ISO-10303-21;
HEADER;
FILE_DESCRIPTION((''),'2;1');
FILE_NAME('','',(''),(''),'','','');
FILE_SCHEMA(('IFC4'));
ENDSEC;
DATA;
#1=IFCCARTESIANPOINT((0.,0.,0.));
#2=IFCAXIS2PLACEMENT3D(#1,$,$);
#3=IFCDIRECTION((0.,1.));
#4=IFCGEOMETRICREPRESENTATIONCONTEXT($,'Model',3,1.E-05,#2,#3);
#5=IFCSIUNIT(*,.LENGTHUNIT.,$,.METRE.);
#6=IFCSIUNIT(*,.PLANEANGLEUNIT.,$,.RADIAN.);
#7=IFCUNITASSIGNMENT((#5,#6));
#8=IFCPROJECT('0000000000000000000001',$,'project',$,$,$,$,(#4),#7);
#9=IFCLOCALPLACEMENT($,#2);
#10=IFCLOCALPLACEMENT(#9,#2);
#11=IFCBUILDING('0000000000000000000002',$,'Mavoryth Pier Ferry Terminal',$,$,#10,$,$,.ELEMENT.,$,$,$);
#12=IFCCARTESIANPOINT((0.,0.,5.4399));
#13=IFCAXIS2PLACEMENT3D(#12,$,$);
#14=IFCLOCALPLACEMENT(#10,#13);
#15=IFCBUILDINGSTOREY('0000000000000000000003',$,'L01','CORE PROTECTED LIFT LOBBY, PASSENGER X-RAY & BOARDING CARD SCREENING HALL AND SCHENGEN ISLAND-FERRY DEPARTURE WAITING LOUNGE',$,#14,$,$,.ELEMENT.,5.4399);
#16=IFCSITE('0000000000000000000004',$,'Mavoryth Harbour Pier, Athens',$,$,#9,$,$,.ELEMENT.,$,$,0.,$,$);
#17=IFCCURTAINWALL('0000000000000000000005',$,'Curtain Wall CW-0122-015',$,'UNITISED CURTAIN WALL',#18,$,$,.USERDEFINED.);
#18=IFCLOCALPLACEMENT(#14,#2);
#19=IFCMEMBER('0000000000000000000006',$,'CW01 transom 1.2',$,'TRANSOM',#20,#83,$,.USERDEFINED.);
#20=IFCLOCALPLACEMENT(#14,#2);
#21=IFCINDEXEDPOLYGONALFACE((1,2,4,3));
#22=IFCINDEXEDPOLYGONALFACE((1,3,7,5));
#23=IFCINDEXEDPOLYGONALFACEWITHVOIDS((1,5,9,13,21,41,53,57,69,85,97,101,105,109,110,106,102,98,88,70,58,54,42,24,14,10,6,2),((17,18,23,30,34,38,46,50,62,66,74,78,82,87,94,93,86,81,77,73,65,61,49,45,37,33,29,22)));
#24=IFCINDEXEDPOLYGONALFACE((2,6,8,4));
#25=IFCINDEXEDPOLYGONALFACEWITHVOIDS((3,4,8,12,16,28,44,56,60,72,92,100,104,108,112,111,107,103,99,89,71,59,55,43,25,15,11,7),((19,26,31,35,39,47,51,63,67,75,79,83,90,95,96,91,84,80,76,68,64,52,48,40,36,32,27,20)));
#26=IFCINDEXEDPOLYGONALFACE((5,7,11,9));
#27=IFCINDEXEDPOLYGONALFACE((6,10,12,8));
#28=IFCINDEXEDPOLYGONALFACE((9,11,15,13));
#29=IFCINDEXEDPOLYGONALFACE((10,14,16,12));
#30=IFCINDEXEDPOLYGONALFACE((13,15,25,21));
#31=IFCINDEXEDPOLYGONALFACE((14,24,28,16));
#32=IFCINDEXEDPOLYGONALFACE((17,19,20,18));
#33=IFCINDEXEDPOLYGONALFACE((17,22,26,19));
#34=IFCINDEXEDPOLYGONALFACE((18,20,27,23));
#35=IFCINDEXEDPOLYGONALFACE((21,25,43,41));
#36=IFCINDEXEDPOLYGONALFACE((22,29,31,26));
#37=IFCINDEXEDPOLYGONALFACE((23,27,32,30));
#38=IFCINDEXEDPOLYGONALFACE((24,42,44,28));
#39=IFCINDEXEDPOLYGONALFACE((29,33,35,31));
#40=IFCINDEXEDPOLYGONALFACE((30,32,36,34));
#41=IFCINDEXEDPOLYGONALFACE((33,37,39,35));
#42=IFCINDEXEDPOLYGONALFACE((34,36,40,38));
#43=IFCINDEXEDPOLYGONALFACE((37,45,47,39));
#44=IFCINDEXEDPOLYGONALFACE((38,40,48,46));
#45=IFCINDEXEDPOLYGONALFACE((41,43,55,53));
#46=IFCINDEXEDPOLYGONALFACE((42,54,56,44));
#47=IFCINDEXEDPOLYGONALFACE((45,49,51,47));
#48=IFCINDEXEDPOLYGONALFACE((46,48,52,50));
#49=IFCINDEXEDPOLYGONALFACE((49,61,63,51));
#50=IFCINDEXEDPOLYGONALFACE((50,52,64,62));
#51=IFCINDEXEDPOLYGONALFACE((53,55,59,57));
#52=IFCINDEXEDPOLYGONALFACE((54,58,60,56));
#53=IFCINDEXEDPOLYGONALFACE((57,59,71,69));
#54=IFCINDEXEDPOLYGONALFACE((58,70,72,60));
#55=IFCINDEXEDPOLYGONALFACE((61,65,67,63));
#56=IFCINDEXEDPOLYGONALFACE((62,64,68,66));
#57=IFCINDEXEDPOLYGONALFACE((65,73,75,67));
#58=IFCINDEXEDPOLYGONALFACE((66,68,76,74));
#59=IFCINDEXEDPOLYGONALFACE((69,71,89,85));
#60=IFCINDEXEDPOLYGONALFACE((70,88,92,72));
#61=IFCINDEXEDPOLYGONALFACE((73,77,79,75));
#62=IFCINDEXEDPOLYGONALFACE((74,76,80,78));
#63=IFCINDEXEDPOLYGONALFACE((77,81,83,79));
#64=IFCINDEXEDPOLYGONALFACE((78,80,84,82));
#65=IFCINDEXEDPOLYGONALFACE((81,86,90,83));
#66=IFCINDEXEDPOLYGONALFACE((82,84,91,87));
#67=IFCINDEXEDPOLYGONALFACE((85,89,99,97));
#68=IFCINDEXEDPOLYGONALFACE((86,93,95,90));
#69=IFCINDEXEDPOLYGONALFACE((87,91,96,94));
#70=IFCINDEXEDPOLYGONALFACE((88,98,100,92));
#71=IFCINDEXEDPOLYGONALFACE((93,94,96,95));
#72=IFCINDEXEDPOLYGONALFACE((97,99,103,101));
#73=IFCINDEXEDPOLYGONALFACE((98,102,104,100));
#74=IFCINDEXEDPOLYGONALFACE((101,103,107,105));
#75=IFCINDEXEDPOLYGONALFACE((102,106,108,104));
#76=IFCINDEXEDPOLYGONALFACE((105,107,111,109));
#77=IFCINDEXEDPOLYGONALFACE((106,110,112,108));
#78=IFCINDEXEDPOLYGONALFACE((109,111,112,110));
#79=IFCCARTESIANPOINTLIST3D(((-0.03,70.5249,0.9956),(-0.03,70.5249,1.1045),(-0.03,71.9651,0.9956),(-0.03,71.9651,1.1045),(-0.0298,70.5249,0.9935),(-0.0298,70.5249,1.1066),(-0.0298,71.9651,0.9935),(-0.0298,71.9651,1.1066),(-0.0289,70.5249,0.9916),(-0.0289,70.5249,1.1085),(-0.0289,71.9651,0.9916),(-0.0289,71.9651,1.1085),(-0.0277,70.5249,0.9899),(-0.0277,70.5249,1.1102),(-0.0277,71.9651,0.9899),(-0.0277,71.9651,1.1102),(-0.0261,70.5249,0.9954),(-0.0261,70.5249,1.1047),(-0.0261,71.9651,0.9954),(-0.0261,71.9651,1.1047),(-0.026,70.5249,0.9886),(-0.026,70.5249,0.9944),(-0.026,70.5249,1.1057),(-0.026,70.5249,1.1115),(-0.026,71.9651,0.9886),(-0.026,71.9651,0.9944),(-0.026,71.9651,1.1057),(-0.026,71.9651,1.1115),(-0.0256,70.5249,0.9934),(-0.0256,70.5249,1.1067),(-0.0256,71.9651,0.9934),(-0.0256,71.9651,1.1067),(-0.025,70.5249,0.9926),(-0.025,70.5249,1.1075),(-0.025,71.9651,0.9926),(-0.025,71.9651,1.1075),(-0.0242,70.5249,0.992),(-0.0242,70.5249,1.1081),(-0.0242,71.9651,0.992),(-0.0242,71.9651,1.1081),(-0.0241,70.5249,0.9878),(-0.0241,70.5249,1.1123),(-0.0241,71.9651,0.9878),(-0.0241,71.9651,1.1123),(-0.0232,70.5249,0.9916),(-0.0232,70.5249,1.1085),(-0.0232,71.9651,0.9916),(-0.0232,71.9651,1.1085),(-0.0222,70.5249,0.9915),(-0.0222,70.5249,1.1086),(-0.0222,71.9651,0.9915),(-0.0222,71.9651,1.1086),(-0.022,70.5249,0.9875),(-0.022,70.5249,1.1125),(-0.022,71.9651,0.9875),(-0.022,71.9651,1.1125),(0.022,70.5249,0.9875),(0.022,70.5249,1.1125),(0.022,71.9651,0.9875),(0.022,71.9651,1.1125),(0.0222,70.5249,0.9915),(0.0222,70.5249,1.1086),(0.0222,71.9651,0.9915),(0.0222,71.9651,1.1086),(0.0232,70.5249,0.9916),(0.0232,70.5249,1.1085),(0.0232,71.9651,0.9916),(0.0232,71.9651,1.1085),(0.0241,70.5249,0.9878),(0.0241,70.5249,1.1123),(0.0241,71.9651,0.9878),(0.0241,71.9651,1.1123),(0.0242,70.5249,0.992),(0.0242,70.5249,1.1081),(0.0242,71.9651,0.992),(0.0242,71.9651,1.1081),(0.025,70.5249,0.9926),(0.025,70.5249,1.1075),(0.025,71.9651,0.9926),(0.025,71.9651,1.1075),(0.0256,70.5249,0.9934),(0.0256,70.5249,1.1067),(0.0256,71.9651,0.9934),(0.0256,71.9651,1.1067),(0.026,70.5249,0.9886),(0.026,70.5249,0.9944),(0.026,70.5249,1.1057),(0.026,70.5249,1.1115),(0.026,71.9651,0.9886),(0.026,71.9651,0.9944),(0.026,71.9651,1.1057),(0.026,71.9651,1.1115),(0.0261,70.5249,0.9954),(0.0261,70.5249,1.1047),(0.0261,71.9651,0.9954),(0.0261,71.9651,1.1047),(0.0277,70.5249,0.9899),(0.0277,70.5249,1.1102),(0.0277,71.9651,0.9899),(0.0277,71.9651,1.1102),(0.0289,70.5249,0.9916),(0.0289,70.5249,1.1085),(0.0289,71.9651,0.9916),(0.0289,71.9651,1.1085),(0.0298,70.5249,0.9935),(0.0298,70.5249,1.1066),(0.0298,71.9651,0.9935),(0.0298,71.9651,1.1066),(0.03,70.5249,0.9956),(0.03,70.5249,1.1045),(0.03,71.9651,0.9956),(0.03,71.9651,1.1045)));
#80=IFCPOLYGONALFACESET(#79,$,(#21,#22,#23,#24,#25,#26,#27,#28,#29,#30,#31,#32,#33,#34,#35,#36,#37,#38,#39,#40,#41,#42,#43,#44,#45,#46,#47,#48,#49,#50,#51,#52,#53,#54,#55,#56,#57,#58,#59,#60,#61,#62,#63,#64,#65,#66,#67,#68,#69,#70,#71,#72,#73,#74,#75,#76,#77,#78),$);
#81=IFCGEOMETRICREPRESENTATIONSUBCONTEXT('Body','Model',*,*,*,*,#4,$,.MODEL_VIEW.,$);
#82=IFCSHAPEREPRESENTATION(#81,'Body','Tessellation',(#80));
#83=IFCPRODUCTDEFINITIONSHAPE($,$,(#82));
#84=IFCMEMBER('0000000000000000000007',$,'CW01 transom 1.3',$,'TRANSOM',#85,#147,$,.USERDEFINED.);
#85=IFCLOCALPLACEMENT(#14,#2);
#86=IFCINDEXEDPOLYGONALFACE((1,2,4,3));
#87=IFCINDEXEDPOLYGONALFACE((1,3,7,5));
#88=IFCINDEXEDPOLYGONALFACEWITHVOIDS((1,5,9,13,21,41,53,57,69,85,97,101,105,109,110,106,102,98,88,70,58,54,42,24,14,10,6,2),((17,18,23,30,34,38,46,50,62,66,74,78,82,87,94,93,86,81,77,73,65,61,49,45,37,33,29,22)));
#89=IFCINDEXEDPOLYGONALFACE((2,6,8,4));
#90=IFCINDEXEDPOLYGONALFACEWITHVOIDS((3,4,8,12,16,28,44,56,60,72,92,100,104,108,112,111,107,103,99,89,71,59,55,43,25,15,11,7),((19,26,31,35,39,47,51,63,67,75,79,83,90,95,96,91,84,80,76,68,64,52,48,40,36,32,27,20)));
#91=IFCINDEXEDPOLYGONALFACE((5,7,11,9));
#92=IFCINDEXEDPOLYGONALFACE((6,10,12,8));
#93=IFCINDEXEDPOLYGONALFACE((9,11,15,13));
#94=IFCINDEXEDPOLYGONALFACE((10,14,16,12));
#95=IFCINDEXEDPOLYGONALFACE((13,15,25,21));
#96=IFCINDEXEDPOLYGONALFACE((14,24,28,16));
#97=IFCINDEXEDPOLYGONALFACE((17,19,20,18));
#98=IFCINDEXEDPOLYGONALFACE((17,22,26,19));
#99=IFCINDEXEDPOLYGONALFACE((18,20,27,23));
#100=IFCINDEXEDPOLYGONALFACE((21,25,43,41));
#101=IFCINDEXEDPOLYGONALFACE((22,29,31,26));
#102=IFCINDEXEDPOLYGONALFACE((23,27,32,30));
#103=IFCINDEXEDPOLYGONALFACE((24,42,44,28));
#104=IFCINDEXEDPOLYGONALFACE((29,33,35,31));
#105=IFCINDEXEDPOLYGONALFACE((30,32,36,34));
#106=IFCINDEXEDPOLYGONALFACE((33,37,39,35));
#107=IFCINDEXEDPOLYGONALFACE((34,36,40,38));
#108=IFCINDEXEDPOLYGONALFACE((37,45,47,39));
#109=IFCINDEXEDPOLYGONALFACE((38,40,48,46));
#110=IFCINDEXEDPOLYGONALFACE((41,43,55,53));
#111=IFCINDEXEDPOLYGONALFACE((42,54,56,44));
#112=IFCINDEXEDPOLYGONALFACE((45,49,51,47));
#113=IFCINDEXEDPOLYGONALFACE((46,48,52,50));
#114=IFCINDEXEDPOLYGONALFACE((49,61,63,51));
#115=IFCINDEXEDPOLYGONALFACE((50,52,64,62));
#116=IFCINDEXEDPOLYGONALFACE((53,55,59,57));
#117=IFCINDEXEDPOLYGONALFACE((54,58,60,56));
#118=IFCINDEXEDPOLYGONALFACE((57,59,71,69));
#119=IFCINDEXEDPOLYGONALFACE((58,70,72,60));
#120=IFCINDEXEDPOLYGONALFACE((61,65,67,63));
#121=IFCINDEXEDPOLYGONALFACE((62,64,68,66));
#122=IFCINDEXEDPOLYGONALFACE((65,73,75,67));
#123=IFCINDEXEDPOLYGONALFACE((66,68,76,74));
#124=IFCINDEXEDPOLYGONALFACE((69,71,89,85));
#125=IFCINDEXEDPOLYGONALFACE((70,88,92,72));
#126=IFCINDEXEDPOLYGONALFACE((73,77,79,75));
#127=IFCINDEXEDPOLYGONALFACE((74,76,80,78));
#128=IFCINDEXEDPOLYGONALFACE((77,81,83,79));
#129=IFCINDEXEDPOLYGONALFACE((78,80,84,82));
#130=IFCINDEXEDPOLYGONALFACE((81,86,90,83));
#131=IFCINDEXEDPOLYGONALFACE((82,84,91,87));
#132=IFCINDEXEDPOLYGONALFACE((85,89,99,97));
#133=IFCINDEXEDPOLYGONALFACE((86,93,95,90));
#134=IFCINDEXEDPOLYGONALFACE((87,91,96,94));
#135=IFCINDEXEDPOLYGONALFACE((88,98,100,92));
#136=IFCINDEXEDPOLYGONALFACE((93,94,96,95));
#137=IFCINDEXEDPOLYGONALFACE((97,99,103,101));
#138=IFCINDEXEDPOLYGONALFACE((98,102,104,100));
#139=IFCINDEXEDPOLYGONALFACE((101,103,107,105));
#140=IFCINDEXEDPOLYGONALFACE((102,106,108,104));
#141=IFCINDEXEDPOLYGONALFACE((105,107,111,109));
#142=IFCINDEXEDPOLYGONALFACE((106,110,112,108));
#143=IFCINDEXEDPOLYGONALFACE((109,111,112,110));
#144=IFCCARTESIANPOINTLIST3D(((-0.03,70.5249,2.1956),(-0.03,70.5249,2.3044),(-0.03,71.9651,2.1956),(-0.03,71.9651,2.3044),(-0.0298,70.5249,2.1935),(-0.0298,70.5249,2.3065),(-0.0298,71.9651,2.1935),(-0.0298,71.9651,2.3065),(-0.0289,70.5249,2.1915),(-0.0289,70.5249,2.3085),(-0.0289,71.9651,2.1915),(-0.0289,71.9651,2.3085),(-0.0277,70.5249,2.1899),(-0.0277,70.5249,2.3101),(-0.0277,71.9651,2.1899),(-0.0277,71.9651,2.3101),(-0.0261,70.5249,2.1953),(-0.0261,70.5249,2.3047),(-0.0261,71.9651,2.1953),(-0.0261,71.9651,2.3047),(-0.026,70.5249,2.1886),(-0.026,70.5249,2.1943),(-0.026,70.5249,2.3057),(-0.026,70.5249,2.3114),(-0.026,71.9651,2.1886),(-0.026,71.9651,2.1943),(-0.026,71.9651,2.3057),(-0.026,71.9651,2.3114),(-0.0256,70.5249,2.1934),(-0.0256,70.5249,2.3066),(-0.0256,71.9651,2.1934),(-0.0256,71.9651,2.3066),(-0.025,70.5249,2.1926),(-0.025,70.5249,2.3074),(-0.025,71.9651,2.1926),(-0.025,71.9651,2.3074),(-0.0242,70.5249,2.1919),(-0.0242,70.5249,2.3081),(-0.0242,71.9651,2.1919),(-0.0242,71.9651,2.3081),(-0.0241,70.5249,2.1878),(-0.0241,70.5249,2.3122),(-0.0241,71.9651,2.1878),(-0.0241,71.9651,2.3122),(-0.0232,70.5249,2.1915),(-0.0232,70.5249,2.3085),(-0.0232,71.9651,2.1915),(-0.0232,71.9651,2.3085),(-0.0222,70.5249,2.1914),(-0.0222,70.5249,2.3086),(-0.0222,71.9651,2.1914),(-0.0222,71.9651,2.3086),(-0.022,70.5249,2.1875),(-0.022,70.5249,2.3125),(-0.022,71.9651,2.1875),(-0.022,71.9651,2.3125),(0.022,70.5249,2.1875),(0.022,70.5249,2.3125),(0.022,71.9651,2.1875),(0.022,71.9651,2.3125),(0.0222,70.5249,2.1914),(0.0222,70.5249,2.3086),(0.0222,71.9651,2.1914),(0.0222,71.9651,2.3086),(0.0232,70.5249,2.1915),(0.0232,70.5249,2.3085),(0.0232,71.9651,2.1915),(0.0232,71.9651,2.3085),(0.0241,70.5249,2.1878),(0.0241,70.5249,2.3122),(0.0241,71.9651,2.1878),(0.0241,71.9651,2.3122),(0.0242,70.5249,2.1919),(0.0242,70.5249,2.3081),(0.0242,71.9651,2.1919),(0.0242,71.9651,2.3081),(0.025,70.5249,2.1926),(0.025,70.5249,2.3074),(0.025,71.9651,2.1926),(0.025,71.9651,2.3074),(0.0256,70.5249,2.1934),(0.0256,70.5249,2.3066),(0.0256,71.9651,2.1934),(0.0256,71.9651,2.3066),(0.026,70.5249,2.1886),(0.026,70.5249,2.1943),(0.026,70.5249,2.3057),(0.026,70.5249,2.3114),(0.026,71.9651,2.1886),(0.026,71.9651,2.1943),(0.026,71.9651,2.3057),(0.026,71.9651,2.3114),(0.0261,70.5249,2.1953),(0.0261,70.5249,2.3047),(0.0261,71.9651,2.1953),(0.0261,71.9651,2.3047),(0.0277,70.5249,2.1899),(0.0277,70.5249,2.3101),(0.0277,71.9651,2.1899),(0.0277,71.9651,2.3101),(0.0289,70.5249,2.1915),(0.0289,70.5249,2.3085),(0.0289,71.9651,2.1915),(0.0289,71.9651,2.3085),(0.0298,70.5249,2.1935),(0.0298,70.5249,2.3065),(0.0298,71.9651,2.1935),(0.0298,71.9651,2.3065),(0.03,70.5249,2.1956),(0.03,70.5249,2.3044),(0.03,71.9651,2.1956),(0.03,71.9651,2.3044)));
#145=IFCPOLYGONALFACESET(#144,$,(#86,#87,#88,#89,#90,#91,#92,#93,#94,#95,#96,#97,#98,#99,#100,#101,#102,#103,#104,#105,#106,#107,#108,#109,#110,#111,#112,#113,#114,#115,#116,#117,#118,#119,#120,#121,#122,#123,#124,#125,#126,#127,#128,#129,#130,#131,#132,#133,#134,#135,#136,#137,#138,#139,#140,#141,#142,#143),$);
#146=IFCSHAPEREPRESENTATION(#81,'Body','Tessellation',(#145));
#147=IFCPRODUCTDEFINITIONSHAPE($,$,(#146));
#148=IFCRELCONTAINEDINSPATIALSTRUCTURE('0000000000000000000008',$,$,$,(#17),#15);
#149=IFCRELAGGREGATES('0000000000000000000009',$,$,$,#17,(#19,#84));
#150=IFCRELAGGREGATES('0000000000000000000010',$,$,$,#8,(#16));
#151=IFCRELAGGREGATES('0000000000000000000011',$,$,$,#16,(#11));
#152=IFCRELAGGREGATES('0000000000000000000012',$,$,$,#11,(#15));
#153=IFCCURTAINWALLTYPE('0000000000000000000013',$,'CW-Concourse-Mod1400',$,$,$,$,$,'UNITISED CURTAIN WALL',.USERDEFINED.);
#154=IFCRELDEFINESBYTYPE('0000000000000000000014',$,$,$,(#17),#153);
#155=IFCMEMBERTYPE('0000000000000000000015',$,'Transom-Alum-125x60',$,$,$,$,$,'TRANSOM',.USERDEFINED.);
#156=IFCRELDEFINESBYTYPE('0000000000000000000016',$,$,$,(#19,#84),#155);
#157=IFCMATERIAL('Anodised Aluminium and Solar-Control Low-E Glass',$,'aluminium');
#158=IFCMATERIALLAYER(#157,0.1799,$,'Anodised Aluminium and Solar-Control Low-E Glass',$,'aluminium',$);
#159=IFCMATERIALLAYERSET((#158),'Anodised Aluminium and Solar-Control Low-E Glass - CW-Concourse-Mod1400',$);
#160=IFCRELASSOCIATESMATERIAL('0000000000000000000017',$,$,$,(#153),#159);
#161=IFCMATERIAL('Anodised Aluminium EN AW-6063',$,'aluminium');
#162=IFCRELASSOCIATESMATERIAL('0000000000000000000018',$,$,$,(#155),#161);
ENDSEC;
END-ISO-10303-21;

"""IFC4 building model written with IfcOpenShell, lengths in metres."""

from ifc_helpers import new_model, si_unit, direction, frame, origin, origin_2d, place, context, subcontext, project, spatial, hollow_rectangle, extrude, material, layer, layer_set, material_profile, profile_set, type_object, element, aggregate, save


model = new_model("IFC4")

# Units and contexts
model_context = context("Model", 3, precision=1e-05, world=origin(), true_north=direction((0.0, 1.0)))
body_context = subcontext(model_context, "Body", "Model", "MODEL_VIEW")
ifc_project = project(units=[si_unit("LENGTHUNIT", "METRE"), si_unit("PLANEANGLEUNIT", "RADIAN")], contexts=[model_context])

# Site, building, storey
site_placement = place(None, origin())
site = spatial("IfcSite", under=ifc_project, at=site_placement, Name="Mavoryth Harbour Pier, Athens", CompositionType="ELEMENT", RefElevation=0.0)
building_placement = place(site_placement, origin())
building = spatial("IfcBuilding", under=site, at=building_placement, Name="Mavoryth Pier Ferry Terminal", CompositionType="ELEMENT")
storey_placement = place(building_placement, frame((0.0, 0.0, 5.4399)))
storey = spatial("IfcBuildingStorey", under=building, at=storey_placement, Name="L01", Description="CORE PROTECTED LIFT LOBBY, PASSENGER X-RAY & BOARDING CARD SCREENING HALL AND SCHENGEN ISLAND-FERRY DEPARTURE WAITING LOUNGE", CompositionType="ELEMENT", Elevation=5.4399)

# Curtain wall
ifc_material_1 = material(Name="Anodised Aluminium and Solar-Control Low-E Glass", Category="aluminium")
ifc_layer_1 = layer(ifc_material_1, 0.1799, Name="Anodised Aluminium and Solar-Control Low-E Glass", Category="aluminium")
ifc_layer_set_1 = layer_set([ifc_layer_1], Name="Anodised Aluminium and Solar-Control Low-E Glass - CW-Concourse-Mod1400")
curtain_wall_type = type_object("IfcCurtainWallType", Name="CW-Concourse-Mod1400", ElementType="UNITISED CURTAIN WALL", PredefinedType="USERDEFINED", material=ifc_layer_set_1)
curtain_wall_1_placement = place(storey_placement, origin())
curtain_wall_1 = element("IfcCurtainWall", 1, at=curtain_wall_1_placement, inside=storey, type_object=curtain_wall_type, Name="Curtain Wall CW-0122-015", ObjectType="UNITISED CURTAIN WALL", PredefinedType="USERDEFINED")
ifc_material_2 = material(Name="Anodised Aluminium EN AW-6063", Category="aluminium")

# Members
ifc_material_profile_1 = material_profile(ifc_material_2, hollow_rectangle(XDim=0.0601, YDim=0.125, WallThickness=0.0039, InnerFilletRadius=0.0039, OuterFilletRadius=0.0081, at=origin_2d()), Name="AL-TRAN 125x60x4", Category="aluminium")
ifc_profile_set_1 = profile_set([ifc_material_profile_1], Name="Anodised Aluminium EN AW-6063 - AL-TRAN 125x60x4")
member_type_1 = type_object("IfcMemberType", Name="Transom-Alum-125x60", ElementType="TRANSOM", PredefinedType="USERDEFINED", material=ifc_profile_set_1)
member_1_placement = place(storey_placement, frame((0.0, 71.9651, 1.05), z_axis=(0.0, -1.0, 0.0), x_axis=(1.0, 0.0, 0.0)))
member_1 = element("IfcMember", 2, at=member_1_placement, type_object=member_type_1, Name="CW01 transom 1.2", ObjectType="TRANSOM", PredefinedType="USERDEFINED", context=body_context, shape_type="SweptSolid", body=[
    extrude(hollow_rectangle(XDim=0.0601, YDim=0.125, WallThickness=0.0039, InnerFilletRadius=0.0039, OuterFilletRadius=0.0081, at=origin_2d()), origin(), (0.0, 0.0, 1.0), 1.4402),
])
member_2_placement = place(storey_placement, frame((0.0, 71.9651, 2.25), z_axis=(0.0, -1.0, 0.0), x_axis=(1.0, 0.0, 0.0)))
member_2 = element("IfcMember", 3, at=member_2_placement, type_object=member_type_1, Name="CW01 transom 1.3", ObjectType="TRANSOM", PredefinedType="USERDEFINED", context=body_context, shape_type="SweptSolid", body=[
    extrude(hollow_rectangle(XDim=0.0601, YDim=0.125, WallThickness=0.0039, InnerFilletRadius=0.0039, OuterFilletRadius=0.0081, at=origin_2d()), origin(), (0.0, 0.0, 1.0), 1.4402),
])

aggregate(curtain_wall_1, [member_1, member_2])

save(model, "model.ifc")
